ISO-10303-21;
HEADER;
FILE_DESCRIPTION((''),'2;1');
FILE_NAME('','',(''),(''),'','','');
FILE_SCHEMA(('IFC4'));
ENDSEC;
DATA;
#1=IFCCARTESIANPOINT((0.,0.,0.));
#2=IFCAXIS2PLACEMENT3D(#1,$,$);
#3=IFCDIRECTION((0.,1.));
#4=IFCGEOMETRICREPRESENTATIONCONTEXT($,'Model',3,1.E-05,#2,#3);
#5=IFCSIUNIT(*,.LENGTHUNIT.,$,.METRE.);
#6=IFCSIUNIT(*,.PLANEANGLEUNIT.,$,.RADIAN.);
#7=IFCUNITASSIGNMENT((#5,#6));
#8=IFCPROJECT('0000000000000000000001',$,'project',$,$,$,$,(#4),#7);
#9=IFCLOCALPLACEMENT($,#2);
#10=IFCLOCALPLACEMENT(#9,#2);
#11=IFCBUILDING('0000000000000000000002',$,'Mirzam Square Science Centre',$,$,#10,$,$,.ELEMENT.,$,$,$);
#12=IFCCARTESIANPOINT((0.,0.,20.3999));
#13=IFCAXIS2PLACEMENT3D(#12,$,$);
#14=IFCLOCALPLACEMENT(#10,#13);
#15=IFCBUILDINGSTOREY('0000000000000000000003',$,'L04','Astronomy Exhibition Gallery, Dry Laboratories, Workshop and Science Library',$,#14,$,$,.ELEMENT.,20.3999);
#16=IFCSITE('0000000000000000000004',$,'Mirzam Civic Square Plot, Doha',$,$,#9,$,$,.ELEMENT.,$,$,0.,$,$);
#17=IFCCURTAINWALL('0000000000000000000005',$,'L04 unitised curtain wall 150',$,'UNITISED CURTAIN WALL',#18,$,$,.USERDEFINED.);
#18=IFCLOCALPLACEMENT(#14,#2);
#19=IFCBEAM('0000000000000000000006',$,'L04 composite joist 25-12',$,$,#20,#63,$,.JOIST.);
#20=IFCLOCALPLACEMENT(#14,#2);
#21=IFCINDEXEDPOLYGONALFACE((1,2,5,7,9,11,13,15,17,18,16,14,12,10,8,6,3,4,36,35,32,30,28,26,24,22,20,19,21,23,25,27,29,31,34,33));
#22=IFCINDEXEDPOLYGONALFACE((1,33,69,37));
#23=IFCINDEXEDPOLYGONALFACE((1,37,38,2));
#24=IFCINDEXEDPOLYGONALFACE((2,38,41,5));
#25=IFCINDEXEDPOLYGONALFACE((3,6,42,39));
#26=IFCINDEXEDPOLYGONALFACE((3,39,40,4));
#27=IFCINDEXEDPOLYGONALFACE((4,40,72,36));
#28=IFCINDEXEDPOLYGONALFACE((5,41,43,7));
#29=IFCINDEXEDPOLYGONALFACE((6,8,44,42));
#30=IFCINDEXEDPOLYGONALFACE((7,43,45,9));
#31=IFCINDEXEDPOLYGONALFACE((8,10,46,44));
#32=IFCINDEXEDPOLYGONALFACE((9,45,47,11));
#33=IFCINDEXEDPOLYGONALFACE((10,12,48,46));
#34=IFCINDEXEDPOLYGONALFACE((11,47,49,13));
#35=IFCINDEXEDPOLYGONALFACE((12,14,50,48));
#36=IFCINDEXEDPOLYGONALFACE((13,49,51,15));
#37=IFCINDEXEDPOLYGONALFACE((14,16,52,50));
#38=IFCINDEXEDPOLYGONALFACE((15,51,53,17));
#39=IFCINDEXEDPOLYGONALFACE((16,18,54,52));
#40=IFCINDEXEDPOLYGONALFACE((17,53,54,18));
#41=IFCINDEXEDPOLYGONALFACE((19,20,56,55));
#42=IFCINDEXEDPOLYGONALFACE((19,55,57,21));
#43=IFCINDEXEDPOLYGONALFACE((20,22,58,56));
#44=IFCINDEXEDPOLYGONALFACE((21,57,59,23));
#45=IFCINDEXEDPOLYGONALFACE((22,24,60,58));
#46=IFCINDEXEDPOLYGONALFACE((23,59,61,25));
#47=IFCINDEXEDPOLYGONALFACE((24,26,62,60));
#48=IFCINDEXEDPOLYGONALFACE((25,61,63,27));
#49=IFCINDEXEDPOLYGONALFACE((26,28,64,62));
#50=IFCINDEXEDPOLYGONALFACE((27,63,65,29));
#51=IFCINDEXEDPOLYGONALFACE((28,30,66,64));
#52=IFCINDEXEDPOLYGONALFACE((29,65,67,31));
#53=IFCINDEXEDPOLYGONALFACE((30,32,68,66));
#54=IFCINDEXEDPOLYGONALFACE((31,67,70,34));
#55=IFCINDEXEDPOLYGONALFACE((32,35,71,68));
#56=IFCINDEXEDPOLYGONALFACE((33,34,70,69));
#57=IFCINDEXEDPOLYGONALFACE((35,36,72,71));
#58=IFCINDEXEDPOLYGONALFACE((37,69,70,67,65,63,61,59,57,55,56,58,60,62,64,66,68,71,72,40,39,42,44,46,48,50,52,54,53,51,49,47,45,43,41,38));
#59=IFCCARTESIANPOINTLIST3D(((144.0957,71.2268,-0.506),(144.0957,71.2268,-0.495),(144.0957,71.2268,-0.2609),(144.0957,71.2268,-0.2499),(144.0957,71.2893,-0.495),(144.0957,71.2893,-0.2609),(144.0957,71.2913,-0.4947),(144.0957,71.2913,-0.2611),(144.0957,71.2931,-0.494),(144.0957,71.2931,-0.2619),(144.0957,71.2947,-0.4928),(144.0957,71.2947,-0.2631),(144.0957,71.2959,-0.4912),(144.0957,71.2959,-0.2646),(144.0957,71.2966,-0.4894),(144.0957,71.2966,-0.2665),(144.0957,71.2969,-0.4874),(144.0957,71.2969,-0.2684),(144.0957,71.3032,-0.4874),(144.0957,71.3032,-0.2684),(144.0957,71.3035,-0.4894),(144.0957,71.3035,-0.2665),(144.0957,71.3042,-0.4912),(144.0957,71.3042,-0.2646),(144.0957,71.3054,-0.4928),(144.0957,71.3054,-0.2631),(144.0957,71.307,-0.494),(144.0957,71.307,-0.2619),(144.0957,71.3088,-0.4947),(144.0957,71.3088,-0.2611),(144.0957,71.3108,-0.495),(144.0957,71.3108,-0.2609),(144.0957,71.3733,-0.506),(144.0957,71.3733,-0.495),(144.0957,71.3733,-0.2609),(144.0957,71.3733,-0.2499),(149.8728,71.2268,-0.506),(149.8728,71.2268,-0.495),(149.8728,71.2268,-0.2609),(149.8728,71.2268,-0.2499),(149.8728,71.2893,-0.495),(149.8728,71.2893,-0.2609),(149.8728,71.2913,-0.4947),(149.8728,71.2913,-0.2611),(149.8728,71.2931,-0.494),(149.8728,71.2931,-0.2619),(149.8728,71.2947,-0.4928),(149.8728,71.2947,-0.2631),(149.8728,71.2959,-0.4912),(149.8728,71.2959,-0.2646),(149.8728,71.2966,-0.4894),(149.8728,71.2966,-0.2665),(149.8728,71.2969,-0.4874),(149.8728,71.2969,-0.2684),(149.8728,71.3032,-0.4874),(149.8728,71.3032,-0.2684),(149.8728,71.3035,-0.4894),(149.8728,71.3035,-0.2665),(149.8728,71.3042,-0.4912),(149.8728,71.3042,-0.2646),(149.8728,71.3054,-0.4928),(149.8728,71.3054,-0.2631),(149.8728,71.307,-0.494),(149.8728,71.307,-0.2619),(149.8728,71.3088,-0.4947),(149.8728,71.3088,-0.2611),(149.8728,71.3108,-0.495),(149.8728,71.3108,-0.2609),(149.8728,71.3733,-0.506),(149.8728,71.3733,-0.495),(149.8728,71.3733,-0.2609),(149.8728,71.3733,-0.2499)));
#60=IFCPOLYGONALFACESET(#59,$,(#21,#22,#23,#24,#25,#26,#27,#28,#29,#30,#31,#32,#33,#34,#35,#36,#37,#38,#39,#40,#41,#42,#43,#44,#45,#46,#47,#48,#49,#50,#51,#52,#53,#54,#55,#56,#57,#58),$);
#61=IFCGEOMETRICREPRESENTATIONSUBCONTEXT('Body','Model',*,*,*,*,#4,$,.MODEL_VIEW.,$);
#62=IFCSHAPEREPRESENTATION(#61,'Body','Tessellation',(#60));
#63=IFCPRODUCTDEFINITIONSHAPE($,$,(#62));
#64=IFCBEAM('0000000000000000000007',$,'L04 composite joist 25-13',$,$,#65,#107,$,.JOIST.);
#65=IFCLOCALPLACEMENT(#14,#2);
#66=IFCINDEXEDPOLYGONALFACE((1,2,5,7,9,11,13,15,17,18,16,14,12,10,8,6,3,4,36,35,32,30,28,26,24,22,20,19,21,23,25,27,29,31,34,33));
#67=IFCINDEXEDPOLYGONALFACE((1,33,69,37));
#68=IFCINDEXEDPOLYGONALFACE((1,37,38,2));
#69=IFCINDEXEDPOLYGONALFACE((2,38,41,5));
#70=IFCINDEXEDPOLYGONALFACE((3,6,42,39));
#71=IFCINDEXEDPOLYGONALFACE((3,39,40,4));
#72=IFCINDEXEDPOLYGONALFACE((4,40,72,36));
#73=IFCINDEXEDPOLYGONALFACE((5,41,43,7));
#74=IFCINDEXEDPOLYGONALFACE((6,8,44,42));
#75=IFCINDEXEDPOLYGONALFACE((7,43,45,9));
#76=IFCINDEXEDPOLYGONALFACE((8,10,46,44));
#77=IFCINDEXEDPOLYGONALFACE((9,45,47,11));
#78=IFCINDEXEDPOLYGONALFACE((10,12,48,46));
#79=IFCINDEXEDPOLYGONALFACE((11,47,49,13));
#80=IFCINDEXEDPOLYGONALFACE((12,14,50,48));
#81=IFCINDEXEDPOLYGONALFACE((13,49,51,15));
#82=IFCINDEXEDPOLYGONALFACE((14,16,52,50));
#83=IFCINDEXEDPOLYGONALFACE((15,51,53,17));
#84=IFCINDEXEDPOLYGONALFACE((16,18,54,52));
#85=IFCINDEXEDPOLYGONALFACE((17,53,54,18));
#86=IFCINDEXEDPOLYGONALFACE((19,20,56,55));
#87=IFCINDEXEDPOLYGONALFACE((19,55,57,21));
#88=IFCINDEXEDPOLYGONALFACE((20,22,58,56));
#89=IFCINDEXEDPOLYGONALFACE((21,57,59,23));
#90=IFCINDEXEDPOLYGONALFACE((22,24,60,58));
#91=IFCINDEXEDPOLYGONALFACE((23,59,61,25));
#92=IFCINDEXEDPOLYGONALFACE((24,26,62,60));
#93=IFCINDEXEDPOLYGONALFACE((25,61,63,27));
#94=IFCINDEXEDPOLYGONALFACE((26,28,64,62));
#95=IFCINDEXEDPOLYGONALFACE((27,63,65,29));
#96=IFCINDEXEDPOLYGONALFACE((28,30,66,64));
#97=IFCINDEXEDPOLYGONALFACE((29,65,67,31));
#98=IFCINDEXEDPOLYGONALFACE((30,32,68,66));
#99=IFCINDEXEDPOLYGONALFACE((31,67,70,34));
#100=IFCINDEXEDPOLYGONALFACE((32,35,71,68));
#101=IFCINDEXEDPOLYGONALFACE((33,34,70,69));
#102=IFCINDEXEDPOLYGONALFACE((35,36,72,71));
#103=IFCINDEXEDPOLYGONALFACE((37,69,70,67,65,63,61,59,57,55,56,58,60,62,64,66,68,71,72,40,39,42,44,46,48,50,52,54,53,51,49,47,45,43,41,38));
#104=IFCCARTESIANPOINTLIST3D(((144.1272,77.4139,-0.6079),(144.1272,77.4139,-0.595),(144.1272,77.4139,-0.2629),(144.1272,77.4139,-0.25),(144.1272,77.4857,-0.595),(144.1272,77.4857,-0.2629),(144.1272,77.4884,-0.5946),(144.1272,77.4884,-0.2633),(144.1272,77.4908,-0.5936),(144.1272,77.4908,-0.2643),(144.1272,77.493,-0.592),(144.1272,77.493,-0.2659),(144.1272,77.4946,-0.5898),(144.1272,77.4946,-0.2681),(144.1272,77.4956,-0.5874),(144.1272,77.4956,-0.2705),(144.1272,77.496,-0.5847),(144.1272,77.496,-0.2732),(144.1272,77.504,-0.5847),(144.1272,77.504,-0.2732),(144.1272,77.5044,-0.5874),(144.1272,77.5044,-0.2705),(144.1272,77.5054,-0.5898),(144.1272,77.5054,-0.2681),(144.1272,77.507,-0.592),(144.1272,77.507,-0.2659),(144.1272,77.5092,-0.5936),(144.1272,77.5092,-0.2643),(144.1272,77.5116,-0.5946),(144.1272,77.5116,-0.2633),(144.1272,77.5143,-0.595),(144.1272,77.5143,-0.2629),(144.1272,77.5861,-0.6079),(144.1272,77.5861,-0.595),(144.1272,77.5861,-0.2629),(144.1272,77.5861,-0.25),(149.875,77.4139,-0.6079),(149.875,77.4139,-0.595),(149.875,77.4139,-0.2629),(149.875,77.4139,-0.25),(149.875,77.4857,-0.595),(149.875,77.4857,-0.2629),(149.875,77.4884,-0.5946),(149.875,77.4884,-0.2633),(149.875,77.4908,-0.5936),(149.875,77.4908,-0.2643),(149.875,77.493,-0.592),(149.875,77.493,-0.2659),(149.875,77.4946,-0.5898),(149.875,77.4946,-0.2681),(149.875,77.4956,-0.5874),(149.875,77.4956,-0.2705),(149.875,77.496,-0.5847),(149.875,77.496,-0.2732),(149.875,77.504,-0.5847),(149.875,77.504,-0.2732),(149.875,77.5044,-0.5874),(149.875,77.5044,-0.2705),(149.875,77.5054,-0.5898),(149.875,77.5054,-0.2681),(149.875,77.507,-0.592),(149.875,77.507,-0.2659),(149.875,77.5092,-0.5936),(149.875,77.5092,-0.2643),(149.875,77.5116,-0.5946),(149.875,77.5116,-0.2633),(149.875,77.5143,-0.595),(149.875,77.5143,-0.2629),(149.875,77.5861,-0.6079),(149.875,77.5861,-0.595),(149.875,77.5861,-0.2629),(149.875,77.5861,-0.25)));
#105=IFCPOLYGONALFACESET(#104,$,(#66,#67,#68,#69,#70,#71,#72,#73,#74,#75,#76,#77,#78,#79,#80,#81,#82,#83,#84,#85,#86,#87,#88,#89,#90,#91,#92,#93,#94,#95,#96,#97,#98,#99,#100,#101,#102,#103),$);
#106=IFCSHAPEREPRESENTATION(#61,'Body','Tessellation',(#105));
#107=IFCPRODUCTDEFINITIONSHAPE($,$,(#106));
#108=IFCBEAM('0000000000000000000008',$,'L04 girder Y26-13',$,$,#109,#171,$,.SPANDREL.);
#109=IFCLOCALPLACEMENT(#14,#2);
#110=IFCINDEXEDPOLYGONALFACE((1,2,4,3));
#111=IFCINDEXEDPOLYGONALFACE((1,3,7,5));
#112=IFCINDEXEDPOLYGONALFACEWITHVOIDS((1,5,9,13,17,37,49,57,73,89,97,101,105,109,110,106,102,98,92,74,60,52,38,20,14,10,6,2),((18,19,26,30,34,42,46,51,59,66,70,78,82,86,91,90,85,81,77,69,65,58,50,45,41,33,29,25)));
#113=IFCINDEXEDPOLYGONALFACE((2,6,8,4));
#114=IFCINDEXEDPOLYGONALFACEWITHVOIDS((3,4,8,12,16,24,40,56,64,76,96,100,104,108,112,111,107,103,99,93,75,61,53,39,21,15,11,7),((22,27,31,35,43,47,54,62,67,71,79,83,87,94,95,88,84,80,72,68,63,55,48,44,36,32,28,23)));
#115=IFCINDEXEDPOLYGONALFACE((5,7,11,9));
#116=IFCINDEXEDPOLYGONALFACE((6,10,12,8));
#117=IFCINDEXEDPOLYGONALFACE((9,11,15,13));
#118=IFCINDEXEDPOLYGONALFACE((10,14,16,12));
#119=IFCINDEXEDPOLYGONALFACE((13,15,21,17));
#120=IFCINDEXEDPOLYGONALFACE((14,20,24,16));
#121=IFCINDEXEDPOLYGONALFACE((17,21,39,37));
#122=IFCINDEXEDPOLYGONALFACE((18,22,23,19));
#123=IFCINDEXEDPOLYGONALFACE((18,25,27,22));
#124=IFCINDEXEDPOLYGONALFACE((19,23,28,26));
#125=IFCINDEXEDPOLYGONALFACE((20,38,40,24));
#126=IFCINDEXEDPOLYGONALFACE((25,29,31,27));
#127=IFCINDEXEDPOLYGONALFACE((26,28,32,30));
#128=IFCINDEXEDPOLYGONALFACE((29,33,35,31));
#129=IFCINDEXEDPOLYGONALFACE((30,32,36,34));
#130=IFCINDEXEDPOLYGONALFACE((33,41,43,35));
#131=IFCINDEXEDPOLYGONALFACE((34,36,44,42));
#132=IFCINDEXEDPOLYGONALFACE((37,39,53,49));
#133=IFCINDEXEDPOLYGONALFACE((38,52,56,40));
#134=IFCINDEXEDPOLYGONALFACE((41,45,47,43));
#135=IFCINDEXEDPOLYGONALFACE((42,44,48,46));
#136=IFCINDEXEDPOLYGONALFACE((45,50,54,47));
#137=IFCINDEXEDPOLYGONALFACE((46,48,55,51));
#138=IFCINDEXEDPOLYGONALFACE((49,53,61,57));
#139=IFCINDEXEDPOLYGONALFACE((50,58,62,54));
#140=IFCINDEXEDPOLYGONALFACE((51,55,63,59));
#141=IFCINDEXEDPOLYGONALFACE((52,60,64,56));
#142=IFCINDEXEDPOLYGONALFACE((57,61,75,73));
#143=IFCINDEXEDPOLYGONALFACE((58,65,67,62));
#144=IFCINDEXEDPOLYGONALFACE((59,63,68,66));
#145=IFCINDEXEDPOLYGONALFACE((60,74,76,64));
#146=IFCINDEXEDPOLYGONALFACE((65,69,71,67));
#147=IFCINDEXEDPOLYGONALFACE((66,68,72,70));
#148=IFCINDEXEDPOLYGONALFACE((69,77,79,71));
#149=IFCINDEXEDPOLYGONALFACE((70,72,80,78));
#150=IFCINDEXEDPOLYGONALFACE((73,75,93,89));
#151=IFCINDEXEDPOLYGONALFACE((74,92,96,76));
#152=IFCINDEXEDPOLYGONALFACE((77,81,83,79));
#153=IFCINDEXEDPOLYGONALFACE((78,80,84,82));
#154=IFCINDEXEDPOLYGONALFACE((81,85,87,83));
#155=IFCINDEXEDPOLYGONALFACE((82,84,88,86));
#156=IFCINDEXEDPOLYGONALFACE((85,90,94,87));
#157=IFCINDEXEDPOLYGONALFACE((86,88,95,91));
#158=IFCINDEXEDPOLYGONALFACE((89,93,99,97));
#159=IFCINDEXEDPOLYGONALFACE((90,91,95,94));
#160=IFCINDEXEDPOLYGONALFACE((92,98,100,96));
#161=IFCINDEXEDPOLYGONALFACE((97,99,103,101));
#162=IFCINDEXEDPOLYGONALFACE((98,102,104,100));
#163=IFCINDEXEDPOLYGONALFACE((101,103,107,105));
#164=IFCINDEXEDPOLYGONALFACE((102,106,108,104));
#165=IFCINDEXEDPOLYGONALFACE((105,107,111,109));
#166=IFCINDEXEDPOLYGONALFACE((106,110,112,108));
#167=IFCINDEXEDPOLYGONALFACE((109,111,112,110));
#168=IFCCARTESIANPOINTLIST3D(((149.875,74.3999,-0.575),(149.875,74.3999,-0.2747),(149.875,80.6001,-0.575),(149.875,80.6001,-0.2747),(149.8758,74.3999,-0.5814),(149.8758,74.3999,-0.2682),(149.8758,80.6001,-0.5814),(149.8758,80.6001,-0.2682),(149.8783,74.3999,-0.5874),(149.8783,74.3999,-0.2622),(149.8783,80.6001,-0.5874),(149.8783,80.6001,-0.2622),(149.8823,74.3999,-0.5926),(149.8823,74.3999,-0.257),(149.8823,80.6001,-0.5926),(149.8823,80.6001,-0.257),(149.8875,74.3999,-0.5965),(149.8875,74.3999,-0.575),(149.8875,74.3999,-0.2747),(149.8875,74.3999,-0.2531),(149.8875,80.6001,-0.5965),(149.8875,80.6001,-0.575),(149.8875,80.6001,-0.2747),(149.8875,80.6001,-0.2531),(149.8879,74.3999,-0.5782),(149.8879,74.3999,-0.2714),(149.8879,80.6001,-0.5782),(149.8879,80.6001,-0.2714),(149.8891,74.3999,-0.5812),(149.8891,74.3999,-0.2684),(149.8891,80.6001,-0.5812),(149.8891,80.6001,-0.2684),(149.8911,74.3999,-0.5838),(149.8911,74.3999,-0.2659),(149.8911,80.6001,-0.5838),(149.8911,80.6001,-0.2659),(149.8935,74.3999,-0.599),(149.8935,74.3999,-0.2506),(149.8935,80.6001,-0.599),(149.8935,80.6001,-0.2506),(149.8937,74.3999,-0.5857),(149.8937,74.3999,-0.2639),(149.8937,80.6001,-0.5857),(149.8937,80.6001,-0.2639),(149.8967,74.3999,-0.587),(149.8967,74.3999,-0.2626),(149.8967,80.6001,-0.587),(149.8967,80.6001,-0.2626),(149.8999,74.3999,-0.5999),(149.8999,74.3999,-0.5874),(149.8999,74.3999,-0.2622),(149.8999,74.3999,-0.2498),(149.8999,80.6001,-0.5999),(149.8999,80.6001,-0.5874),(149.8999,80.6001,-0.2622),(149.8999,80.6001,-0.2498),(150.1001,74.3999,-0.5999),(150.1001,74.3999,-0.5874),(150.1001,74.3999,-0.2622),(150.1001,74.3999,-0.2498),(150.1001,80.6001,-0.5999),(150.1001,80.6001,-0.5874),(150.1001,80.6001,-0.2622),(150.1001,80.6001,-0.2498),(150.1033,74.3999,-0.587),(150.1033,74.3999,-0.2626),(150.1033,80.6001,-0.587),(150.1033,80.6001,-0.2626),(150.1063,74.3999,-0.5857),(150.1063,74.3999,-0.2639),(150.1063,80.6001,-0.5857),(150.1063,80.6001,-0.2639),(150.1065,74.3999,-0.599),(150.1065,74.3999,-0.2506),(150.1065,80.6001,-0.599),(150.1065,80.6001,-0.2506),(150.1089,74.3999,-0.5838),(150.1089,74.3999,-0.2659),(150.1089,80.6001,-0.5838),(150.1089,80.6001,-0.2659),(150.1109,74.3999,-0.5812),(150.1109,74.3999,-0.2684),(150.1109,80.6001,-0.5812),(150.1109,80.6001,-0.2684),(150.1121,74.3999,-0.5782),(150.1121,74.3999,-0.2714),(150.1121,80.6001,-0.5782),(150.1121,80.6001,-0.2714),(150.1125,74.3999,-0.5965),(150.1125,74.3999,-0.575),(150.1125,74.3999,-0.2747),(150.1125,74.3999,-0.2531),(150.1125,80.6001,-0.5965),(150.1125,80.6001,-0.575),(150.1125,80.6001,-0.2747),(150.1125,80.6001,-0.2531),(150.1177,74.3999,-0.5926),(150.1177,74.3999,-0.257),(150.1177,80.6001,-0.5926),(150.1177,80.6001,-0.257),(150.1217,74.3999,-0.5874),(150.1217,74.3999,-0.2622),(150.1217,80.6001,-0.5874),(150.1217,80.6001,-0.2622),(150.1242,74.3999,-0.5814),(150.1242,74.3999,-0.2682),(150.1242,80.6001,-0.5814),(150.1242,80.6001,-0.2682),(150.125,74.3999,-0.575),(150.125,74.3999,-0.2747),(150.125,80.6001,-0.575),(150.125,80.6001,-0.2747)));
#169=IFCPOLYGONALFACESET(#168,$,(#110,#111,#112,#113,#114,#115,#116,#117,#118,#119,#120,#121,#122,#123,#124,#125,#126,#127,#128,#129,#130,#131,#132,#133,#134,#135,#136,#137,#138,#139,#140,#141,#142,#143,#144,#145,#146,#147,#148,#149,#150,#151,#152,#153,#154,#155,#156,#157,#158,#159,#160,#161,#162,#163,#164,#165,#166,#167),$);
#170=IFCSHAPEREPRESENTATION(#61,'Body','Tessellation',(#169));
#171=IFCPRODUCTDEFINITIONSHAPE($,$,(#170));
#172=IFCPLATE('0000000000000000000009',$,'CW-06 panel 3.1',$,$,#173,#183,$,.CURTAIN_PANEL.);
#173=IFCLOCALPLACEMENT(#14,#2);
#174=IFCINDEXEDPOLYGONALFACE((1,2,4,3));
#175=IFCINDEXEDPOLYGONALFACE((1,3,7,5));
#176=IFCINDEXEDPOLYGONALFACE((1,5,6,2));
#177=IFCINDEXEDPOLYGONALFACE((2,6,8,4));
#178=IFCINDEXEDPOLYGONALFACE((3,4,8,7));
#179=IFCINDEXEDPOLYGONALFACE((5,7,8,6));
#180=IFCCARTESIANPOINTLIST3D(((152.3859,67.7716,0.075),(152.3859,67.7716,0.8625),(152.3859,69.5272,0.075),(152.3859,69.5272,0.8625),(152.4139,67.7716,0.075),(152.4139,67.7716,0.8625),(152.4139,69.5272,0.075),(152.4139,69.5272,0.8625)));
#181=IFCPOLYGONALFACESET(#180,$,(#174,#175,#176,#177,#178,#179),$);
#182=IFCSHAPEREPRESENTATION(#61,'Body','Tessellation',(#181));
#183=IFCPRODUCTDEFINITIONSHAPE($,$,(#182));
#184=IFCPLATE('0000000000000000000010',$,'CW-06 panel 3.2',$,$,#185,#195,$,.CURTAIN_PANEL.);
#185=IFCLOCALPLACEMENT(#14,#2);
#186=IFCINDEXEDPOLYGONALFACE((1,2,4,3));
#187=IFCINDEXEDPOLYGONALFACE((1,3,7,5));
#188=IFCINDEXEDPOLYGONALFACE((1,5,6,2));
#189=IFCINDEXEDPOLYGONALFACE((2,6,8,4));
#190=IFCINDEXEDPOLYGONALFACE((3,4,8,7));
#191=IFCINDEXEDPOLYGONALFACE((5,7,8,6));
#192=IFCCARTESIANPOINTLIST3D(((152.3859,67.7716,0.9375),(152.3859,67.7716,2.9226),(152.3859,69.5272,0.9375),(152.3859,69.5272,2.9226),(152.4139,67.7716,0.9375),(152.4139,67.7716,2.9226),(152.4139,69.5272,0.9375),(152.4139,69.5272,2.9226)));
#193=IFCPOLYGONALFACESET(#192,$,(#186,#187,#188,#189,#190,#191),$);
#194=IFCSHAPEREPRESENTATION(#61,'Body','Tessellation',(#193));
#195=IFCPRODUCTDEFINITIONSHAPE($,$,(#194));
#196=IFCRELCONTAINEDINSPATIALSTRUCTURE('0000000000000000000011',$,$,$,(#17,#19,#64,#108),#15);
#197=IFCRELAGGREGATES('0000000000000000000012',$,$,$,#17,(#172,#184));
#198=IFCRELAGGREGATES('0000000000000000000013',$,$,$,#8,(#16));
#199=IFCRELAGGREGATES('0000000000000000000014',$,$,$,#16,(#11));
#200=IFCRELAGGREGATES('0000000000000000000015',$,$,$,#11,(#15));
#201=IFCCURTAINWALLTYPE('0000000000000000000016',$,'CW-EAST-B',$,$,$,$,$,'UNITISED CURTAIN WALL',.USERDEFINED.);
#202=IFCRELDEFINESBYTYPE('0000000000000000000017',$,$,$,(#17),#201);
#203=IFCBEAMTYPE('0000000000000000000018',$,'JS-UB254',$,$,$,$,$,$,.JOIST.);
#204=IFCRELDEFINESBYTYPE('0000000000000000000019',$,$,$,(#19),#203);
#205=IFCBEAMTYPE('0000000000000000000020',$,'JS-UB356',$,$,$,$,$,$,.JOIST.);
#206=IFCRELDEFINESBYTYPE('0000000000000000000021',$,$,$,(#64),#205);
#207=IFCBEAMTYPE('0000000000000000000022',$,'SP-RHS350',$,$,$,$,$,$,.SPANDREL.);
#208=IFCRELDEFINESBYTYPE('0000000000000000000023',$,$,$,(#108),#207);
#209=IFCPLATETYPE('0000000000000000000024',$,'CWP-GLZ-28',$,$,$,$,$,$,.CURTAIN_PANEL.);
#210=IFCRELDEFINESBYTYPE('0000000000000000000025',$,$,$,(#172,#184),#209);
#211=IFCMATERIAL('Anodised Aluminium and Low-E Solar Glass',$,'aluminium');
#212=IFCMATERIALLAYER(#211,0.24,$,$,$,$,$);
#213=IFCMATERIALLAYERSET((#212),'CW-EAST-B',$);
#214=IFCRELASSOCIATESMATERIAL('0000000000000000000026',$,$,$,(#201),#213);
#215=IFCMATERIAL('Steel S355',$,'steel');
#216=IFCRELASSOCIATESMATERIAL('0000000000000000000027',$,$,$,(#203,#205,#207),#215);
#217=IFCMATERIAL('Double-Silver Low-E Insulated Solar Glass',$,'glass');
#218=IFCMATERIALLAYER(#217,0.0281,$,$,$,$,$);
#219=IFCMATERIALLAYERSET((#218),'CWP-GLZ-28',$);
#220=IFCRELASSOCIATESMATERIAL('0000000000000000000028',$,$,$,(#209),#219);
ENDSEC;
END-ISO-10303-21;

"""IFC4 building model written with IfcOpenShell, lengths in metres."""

from ifc_helpers import new_model, si_unit, direction, frame, origin, origin_2d, place, context, subcontext, project, spatial, rectangle, hollow_rectangle, i_section, extrude, material, layer, layer_set, material_profile, profile_set, type_object, element, aggregate, save


model = new_model("IFC4")

# Units and contexts
model_context = context("Model", 3, precision=1e-05, world=origin(), true_north=direction((0.0, 1.0)))
body_context = subcontext(model_context, "Body", "Model", "MODEL_VIEW")
ifc_project = project(units=[si_unit("LENGTHUNIT", "METRE"), si_unit("PLANEANGLEUNIT", "RADIAN")], contexts=[model_context])

# Site, building, storey
site_placement = place(None, origin())
site = spatial("IfcSite", under=ifc_project, at=site_placement, Name="Mirzam Civic Square Plot, Doha", CompositionType="ELEMENT", RefElevation=0.0)
building_placement = place(site_placement, origin())
building = spatial("IfcBuilding", under=site, at=building_placement, Name="Mirzam Square Science Centre", CompositionType="ELEMENT")
storey_placement = place(building_placement, frame((0.0, 0.0, 20.3999)))
storey = spatial("IfcBuildingStorey", under=building, at=storey_placement, Name="L04", Description="Astronomy Exhibition Gallery, Dry Laboratories, Workshop and Science Library", CompositionType="ELEMENT", Elevation=20.3999)

# Shared definitions
ifc_material_1 = material(Name="Steel S355", Category="steel")

# Curtain wall
ifc_material_2 = material(Name="Anodised Aluminium and Low-E Solar Glass", Category="aluminium")
ifc_layer_1 = layer(ifc_material_2, 0.24)
ifc_layer_set_1 = layer_set([ifc_layer_1], Name="CW-EAST-B")
curtain_wall_type_1 = type_object("IfcCurtainWallType", Name="CW-EAST-B", ElementType="UNITISED CURTAIN WALL", PredefinedType="USERDEFINED", material=ifc_layer_set_1)
curtain_wall_1_placement = place(storey_placement, origin())
curtain_wall_1 = element("IfcCurtainWall", 1, at=curtain_wall_1_placement, inside=storey, type_object=curtain_wall_type_1, Name="L04 unitised curtain wall 150", ObjectType="UNITISED CURTAIN WALL", PredefinedType="USERDEFINED")

# Beams
ifc_material_profile_1 = material_profile(ifc_material_1, i_section(OverallWidth=0.1465, OverallDepth=0.2561, WebThickness=0.0063, FlangeThickness=0.011, FilletRadius=0.0076, at=origin_2d()), Name="254x146x37UB")
ifc_profile_set_1 = profile_set([ifc_material_profile_1], Name="Steel S355")
beam_type_1 = type_object("IfcBeamType", Name="JS-UB254", PredefinedType="JOIST", material=ifc_profile_set_1)
beam_1_placement = place(storey_placement, frame((144.0957, 71.3, -0.3779), z_axis=(1.0, 0.0, 0.0), x_axis=(0.0, 1.0, 0.0)))
element("IfcBeam", 2, at=beam_1_placement, inside=storey, type_object=beam_type_1, Name="L04 composite joist 25-12", PredefinedType="JOIST", context=body_context, shape_type="SweptSolid", body=[
    extrude(i_section(OverallWidth=0.1465, OverallDepth=0.2561, WebThickness=0.0063, FlangeThickness=0.011, FilletRadius=0.0076, at=origin_2d()), origin(), (0.0, 0.0, 1.0), 5.7771),
])
ifc_material_profile_2 = material_profile(ifc_material_1, i_section(OverallWidth=0.1721, OverallDepth=0.3579, WebThickness=0.0081, FlangeThickness=0.0129, FilletRadius=0.0103, at=origin_2d()), Name="356x171x57UB")
ifc_profile_set_2 = profile_set([ifc_material_profile_2], Name="Steel S355")
beam_type_2 = type_object("IfcBeamType", Name="JS-UB356", PredefinedType="JOIST", material=ifc_profile_set_2)
beam_2_placement = place(storey_placement, frame((144.1272, 77.5, -0.429), z_axis=(1.0, 0.0, 0.0), x_axis=(0.0, 1.0, 0.0)))
element("IfcBeam", 3, at=beam_2_placement, inside=storey, type_object=beam_type_2, Name="L04 composite joist 25-13", PredefinedType="JOIST", context=body_context, shape_type="SweptSolid", body=[
    extrude(i_section(OverallWidth=0.1721, OverallDepth=0.3579, WebThickness=0.0081, FlangeThickness=0.0129, FilletRadius=0.0103, at=origin_2d()), origin(), (0.0, 0.0, 1.0), 5.7478),
])
ifc_material_profile_3 = material_profile(ifc_material_1, hollow_rectangle(XDim=0.25, YDim=0.3501, WallThickness=0.0125, InnerFilletRadius=0.0125, OuterFilletRadius=0.0249, at=origin_2d()), Name="350x250x12.5RHS")
ifc_profile_set_3 = profile_set([ifc_material_profile_3], Name="Steel S355")
beam_type_3 = type_object("IfcBeamType", Name="SP-RHS350", PredefinedType="SPANDREL", material=ifc_profile_set_3)
beam_3_placement = place(storey_placement, frame((150.0, 74.3999, -0.4248), z_axis=(0.0, 1.0, 0.0), x_axis=(-1.0, 0.0, 0.0)))
element("IfcBeam", 4, at=beam_3_placement, inside=storey, type_object=beam_type_3, Name="L04 girder Y26-13", PredefinedType="SPANDREL", context=body_context, shape_type="SweptSolid", body=[
    extrude(hollow_rectangle(XDim=0.25, YDim=0.3501, WallThickness=0.0125, InnerFilletRadius=0.0125, OuterFilletRadius=0.0249, at=origin_2d()), origin(), (0.0, 0.0, 1.0), 6.2002),
])

# Plates
ifc_material_3 = material(Name="Double-Silver Low-E Insulated Solar Glass", Category="glass")
ifc_layer_2 = layer(ifc_material_3, 0.0281)
ifc_layer_set_2 = layer_set([ifc_layer_2], Name="CWP-GLZ-28")
plate_type_1 = type_object("IfcPlateType", Name="CWP-GLZ-28", PredefinedType="CURTAIN_PANEL", material=ifc_layer_set_2)
plate_1_placement = place(storey_placement, frame((152.3999, 68.6494, 0.075), z_axis=(0.0, 0.0, 1.0), x_axis=(0.0, 1.0, 0.0)))
plate_1 = element("IfcPlate", 5, at=plate_1_placement, type_object=plate_type_1, Name="CW-06 panel 3.1", PredefinedType="CURTAIN_PANEL", context=body_context, shape_type="SweptSolid", body=[
    extrude(rectangle(XDim=1.7556, YDim=0.0281, at=origin_2d()), origin(), (0.0, 0.0, 1.0), 0.7876),
])
plate_2_placement = place(storey_placement, frame((152.3999, 68.6494, 0.9375), z_axis=(0.0, 0.0, 1.0), x_axis=(0.0, 1.0, 0.0)))
plate_2 = element("IfcPlate", 6, at=plate_2_placement, type_object=plate_type_1, Name="CW-06 panel 3.2", PredefinedType="CURTAIN_PANEL", context=body_context, shape_type="SweptSolid", body=[
    extrude(rectangle(XDim=1.7556, YDim=0.0281, at=origin_2d()), origin(), (0.0, 0.0, 1.0), 1.9851),
])
aggregate(curtain_wall_1, [plate_1, plate_2])

save(model, "model.ifc")
